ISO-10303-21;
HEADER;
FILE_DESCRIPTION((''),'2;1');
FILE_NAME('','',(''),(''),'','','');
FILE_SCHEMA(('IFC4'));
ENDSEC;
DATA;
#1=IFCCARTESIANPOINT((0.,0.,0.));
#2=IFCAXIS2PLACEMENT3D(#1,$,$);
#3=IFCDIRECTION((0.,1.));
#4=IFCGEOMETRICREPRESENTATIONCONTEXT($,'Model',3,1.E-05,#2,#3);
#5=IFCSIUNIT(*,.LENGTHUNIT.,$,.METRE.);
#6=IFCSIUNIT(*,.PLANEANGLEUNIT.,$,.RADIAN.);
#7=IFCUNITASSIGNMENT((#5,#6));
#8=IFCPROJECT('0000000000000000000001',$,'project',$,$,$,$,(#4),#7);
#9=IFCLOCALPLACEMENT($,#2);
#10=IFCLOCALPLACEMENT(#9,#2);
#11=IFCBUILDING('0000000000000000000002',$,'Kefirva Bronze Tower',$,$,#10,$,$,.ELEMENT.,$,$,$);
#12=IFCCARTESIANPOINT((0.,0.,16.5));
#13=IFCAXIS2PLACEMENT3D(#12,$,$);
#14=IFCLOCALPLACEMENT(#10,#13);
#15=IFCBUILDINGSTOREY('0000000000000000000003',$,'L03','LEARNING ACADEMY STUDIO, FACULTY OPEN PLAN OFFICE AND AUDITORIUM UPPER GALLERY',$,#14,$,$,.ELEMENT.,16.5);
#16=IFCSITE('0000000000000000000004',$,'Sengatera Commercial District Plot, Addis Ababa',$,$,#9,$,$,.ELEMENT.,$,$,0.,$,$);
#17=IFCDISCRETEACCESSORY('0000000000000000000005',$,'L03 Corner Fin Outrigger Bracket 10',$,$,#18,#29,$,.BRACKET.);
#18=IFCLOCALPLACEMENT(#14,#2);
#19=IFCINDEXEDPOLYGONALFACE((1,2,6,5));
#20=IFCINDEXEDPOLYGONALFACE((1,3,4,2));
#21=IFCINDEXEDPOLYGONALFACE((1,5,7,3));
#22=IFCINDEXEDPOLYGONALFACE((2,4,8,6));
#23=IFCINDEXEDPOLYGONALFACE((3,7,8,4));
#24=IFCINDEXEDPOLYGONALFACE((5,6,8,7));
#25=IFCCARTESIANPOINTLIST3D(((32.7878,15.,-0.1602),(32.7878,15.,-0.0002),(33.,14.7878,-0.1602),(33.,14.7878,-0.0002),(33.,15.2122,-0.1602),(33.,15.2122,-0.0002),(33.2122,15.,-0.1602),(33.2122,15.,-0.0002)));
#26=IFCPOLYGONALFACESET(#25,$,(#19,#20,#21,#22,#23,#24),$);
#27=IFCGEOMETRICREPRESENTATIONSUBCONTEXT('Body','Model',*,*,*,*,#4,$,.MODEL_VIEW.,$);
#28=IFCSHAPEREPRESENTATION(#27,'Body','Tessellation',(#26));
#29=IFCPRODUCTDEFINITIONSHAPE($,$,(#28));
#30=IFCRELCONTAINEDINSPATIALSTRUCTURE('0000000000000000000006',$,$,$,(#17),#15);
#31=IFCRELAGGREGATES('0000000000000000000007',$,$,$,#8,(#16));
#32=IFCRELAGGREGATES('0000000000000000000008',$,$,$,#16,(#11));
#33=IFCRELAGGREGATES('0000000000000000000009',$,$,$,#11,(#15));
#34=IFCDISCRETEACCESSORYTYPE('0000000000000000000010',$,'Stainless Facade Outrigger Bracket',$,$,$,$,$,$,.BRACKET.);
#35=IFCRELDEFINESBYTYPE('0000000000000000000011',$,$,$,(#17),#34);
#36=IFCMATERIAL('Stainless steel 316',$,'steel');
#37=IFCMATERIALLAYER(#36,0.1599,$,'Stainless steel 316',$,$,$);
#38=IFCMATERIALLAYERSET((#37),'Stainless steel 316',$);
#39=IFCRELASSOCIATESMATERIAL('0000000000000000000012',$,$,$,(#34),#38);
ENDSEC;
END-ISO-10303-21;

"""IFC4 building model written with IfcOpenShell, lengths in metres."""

from ifc_helpers import new_model, si_unit, direction, frame, origin, origin_2d, place, context, subcontext, project, spatial, rectangle, extrude, material, layer, layer_set, type_object, element, save


model = new_model("IFC4")

# Units and contexts
model_context = context("Model", 3, precision=1e-05, world=origin(), true_north=direction((0.0, 1.0)))
body_context = subcontext(model_context, "Body", "Model", "MODEL_VIEW")
ifc_project = project(units=[si_unit("LENGTHUNIT", "METRE"), si_unit("PLANEANGLEUNIT", "RADIAN")], contexts=[model_context])

# Site, building, storey
site_placement = place(None, origin())
site = spatial("IfcSite", under=ifc_project, at=site_placement, Name="Sengatera Commercial District Plot, Addis Ababa", CompositionType="ELEMENT", RefElevation=0.0)
building_placement = place(site_placement, origin())
building = spatial("IfcBuilding", under=site, at=building_placement, Name="Kefirva Bronze Tower", CompositionType="ELEMENT")
storey_placement = place(building_placement, frame((0.0, 0.0, 16.5)))
storey = spatial("IfcBuildingStorey", under=building, at=storey_placement, Name="L03", Description="LEARNING ACADEMY STUDIO, FACULTY OPEN PLAN OFFICE AND AUDITORIUM UPPER GALLERY", CompositionType="ELEMENT", Elevation=16.5)

# Discrete accessory
ifc_material_1 = material(Name="Stainless steel 316", Category="steel")
ifc_layer_1 = layer(ifc_material_1, 0.1599, Name="Stainless steel 316")
ifc_layer_set_1 = layer_set([ifc_layer_1], Name="Stainless steel 316")
discrete_accessory_type = type_object("IfcDiscreteAccessoryType", Name="Stainless Facade Outrigger Bracket", PredefinedType="BRACKET", material=ifc_layer_set_1)
discrete_accessory_placement = place(storey_placement, frame((33.0, 15.0, -0.1602), z_axis=(0.0, 0.0, 1.0), x_axis=(0.707107, 0.707107, 0.0)))
element("IfcDiscreteAccessory", 1, at=discrete_accessory_placement, inside=storey, type_object=discrete_accessory_type, Name="L03 Corner Fin Outrigger Bracket 10", PredefinedType="BRACKET", context=body_context, shape_type="SweptSolid", body=[
    extrude(rectangle(XDim=0.3, YDim=0.3, at=origin_2d()), origin(), (0.0, 0.0, 1.0), 0.1599),
])

save(model, "model.ifc")
